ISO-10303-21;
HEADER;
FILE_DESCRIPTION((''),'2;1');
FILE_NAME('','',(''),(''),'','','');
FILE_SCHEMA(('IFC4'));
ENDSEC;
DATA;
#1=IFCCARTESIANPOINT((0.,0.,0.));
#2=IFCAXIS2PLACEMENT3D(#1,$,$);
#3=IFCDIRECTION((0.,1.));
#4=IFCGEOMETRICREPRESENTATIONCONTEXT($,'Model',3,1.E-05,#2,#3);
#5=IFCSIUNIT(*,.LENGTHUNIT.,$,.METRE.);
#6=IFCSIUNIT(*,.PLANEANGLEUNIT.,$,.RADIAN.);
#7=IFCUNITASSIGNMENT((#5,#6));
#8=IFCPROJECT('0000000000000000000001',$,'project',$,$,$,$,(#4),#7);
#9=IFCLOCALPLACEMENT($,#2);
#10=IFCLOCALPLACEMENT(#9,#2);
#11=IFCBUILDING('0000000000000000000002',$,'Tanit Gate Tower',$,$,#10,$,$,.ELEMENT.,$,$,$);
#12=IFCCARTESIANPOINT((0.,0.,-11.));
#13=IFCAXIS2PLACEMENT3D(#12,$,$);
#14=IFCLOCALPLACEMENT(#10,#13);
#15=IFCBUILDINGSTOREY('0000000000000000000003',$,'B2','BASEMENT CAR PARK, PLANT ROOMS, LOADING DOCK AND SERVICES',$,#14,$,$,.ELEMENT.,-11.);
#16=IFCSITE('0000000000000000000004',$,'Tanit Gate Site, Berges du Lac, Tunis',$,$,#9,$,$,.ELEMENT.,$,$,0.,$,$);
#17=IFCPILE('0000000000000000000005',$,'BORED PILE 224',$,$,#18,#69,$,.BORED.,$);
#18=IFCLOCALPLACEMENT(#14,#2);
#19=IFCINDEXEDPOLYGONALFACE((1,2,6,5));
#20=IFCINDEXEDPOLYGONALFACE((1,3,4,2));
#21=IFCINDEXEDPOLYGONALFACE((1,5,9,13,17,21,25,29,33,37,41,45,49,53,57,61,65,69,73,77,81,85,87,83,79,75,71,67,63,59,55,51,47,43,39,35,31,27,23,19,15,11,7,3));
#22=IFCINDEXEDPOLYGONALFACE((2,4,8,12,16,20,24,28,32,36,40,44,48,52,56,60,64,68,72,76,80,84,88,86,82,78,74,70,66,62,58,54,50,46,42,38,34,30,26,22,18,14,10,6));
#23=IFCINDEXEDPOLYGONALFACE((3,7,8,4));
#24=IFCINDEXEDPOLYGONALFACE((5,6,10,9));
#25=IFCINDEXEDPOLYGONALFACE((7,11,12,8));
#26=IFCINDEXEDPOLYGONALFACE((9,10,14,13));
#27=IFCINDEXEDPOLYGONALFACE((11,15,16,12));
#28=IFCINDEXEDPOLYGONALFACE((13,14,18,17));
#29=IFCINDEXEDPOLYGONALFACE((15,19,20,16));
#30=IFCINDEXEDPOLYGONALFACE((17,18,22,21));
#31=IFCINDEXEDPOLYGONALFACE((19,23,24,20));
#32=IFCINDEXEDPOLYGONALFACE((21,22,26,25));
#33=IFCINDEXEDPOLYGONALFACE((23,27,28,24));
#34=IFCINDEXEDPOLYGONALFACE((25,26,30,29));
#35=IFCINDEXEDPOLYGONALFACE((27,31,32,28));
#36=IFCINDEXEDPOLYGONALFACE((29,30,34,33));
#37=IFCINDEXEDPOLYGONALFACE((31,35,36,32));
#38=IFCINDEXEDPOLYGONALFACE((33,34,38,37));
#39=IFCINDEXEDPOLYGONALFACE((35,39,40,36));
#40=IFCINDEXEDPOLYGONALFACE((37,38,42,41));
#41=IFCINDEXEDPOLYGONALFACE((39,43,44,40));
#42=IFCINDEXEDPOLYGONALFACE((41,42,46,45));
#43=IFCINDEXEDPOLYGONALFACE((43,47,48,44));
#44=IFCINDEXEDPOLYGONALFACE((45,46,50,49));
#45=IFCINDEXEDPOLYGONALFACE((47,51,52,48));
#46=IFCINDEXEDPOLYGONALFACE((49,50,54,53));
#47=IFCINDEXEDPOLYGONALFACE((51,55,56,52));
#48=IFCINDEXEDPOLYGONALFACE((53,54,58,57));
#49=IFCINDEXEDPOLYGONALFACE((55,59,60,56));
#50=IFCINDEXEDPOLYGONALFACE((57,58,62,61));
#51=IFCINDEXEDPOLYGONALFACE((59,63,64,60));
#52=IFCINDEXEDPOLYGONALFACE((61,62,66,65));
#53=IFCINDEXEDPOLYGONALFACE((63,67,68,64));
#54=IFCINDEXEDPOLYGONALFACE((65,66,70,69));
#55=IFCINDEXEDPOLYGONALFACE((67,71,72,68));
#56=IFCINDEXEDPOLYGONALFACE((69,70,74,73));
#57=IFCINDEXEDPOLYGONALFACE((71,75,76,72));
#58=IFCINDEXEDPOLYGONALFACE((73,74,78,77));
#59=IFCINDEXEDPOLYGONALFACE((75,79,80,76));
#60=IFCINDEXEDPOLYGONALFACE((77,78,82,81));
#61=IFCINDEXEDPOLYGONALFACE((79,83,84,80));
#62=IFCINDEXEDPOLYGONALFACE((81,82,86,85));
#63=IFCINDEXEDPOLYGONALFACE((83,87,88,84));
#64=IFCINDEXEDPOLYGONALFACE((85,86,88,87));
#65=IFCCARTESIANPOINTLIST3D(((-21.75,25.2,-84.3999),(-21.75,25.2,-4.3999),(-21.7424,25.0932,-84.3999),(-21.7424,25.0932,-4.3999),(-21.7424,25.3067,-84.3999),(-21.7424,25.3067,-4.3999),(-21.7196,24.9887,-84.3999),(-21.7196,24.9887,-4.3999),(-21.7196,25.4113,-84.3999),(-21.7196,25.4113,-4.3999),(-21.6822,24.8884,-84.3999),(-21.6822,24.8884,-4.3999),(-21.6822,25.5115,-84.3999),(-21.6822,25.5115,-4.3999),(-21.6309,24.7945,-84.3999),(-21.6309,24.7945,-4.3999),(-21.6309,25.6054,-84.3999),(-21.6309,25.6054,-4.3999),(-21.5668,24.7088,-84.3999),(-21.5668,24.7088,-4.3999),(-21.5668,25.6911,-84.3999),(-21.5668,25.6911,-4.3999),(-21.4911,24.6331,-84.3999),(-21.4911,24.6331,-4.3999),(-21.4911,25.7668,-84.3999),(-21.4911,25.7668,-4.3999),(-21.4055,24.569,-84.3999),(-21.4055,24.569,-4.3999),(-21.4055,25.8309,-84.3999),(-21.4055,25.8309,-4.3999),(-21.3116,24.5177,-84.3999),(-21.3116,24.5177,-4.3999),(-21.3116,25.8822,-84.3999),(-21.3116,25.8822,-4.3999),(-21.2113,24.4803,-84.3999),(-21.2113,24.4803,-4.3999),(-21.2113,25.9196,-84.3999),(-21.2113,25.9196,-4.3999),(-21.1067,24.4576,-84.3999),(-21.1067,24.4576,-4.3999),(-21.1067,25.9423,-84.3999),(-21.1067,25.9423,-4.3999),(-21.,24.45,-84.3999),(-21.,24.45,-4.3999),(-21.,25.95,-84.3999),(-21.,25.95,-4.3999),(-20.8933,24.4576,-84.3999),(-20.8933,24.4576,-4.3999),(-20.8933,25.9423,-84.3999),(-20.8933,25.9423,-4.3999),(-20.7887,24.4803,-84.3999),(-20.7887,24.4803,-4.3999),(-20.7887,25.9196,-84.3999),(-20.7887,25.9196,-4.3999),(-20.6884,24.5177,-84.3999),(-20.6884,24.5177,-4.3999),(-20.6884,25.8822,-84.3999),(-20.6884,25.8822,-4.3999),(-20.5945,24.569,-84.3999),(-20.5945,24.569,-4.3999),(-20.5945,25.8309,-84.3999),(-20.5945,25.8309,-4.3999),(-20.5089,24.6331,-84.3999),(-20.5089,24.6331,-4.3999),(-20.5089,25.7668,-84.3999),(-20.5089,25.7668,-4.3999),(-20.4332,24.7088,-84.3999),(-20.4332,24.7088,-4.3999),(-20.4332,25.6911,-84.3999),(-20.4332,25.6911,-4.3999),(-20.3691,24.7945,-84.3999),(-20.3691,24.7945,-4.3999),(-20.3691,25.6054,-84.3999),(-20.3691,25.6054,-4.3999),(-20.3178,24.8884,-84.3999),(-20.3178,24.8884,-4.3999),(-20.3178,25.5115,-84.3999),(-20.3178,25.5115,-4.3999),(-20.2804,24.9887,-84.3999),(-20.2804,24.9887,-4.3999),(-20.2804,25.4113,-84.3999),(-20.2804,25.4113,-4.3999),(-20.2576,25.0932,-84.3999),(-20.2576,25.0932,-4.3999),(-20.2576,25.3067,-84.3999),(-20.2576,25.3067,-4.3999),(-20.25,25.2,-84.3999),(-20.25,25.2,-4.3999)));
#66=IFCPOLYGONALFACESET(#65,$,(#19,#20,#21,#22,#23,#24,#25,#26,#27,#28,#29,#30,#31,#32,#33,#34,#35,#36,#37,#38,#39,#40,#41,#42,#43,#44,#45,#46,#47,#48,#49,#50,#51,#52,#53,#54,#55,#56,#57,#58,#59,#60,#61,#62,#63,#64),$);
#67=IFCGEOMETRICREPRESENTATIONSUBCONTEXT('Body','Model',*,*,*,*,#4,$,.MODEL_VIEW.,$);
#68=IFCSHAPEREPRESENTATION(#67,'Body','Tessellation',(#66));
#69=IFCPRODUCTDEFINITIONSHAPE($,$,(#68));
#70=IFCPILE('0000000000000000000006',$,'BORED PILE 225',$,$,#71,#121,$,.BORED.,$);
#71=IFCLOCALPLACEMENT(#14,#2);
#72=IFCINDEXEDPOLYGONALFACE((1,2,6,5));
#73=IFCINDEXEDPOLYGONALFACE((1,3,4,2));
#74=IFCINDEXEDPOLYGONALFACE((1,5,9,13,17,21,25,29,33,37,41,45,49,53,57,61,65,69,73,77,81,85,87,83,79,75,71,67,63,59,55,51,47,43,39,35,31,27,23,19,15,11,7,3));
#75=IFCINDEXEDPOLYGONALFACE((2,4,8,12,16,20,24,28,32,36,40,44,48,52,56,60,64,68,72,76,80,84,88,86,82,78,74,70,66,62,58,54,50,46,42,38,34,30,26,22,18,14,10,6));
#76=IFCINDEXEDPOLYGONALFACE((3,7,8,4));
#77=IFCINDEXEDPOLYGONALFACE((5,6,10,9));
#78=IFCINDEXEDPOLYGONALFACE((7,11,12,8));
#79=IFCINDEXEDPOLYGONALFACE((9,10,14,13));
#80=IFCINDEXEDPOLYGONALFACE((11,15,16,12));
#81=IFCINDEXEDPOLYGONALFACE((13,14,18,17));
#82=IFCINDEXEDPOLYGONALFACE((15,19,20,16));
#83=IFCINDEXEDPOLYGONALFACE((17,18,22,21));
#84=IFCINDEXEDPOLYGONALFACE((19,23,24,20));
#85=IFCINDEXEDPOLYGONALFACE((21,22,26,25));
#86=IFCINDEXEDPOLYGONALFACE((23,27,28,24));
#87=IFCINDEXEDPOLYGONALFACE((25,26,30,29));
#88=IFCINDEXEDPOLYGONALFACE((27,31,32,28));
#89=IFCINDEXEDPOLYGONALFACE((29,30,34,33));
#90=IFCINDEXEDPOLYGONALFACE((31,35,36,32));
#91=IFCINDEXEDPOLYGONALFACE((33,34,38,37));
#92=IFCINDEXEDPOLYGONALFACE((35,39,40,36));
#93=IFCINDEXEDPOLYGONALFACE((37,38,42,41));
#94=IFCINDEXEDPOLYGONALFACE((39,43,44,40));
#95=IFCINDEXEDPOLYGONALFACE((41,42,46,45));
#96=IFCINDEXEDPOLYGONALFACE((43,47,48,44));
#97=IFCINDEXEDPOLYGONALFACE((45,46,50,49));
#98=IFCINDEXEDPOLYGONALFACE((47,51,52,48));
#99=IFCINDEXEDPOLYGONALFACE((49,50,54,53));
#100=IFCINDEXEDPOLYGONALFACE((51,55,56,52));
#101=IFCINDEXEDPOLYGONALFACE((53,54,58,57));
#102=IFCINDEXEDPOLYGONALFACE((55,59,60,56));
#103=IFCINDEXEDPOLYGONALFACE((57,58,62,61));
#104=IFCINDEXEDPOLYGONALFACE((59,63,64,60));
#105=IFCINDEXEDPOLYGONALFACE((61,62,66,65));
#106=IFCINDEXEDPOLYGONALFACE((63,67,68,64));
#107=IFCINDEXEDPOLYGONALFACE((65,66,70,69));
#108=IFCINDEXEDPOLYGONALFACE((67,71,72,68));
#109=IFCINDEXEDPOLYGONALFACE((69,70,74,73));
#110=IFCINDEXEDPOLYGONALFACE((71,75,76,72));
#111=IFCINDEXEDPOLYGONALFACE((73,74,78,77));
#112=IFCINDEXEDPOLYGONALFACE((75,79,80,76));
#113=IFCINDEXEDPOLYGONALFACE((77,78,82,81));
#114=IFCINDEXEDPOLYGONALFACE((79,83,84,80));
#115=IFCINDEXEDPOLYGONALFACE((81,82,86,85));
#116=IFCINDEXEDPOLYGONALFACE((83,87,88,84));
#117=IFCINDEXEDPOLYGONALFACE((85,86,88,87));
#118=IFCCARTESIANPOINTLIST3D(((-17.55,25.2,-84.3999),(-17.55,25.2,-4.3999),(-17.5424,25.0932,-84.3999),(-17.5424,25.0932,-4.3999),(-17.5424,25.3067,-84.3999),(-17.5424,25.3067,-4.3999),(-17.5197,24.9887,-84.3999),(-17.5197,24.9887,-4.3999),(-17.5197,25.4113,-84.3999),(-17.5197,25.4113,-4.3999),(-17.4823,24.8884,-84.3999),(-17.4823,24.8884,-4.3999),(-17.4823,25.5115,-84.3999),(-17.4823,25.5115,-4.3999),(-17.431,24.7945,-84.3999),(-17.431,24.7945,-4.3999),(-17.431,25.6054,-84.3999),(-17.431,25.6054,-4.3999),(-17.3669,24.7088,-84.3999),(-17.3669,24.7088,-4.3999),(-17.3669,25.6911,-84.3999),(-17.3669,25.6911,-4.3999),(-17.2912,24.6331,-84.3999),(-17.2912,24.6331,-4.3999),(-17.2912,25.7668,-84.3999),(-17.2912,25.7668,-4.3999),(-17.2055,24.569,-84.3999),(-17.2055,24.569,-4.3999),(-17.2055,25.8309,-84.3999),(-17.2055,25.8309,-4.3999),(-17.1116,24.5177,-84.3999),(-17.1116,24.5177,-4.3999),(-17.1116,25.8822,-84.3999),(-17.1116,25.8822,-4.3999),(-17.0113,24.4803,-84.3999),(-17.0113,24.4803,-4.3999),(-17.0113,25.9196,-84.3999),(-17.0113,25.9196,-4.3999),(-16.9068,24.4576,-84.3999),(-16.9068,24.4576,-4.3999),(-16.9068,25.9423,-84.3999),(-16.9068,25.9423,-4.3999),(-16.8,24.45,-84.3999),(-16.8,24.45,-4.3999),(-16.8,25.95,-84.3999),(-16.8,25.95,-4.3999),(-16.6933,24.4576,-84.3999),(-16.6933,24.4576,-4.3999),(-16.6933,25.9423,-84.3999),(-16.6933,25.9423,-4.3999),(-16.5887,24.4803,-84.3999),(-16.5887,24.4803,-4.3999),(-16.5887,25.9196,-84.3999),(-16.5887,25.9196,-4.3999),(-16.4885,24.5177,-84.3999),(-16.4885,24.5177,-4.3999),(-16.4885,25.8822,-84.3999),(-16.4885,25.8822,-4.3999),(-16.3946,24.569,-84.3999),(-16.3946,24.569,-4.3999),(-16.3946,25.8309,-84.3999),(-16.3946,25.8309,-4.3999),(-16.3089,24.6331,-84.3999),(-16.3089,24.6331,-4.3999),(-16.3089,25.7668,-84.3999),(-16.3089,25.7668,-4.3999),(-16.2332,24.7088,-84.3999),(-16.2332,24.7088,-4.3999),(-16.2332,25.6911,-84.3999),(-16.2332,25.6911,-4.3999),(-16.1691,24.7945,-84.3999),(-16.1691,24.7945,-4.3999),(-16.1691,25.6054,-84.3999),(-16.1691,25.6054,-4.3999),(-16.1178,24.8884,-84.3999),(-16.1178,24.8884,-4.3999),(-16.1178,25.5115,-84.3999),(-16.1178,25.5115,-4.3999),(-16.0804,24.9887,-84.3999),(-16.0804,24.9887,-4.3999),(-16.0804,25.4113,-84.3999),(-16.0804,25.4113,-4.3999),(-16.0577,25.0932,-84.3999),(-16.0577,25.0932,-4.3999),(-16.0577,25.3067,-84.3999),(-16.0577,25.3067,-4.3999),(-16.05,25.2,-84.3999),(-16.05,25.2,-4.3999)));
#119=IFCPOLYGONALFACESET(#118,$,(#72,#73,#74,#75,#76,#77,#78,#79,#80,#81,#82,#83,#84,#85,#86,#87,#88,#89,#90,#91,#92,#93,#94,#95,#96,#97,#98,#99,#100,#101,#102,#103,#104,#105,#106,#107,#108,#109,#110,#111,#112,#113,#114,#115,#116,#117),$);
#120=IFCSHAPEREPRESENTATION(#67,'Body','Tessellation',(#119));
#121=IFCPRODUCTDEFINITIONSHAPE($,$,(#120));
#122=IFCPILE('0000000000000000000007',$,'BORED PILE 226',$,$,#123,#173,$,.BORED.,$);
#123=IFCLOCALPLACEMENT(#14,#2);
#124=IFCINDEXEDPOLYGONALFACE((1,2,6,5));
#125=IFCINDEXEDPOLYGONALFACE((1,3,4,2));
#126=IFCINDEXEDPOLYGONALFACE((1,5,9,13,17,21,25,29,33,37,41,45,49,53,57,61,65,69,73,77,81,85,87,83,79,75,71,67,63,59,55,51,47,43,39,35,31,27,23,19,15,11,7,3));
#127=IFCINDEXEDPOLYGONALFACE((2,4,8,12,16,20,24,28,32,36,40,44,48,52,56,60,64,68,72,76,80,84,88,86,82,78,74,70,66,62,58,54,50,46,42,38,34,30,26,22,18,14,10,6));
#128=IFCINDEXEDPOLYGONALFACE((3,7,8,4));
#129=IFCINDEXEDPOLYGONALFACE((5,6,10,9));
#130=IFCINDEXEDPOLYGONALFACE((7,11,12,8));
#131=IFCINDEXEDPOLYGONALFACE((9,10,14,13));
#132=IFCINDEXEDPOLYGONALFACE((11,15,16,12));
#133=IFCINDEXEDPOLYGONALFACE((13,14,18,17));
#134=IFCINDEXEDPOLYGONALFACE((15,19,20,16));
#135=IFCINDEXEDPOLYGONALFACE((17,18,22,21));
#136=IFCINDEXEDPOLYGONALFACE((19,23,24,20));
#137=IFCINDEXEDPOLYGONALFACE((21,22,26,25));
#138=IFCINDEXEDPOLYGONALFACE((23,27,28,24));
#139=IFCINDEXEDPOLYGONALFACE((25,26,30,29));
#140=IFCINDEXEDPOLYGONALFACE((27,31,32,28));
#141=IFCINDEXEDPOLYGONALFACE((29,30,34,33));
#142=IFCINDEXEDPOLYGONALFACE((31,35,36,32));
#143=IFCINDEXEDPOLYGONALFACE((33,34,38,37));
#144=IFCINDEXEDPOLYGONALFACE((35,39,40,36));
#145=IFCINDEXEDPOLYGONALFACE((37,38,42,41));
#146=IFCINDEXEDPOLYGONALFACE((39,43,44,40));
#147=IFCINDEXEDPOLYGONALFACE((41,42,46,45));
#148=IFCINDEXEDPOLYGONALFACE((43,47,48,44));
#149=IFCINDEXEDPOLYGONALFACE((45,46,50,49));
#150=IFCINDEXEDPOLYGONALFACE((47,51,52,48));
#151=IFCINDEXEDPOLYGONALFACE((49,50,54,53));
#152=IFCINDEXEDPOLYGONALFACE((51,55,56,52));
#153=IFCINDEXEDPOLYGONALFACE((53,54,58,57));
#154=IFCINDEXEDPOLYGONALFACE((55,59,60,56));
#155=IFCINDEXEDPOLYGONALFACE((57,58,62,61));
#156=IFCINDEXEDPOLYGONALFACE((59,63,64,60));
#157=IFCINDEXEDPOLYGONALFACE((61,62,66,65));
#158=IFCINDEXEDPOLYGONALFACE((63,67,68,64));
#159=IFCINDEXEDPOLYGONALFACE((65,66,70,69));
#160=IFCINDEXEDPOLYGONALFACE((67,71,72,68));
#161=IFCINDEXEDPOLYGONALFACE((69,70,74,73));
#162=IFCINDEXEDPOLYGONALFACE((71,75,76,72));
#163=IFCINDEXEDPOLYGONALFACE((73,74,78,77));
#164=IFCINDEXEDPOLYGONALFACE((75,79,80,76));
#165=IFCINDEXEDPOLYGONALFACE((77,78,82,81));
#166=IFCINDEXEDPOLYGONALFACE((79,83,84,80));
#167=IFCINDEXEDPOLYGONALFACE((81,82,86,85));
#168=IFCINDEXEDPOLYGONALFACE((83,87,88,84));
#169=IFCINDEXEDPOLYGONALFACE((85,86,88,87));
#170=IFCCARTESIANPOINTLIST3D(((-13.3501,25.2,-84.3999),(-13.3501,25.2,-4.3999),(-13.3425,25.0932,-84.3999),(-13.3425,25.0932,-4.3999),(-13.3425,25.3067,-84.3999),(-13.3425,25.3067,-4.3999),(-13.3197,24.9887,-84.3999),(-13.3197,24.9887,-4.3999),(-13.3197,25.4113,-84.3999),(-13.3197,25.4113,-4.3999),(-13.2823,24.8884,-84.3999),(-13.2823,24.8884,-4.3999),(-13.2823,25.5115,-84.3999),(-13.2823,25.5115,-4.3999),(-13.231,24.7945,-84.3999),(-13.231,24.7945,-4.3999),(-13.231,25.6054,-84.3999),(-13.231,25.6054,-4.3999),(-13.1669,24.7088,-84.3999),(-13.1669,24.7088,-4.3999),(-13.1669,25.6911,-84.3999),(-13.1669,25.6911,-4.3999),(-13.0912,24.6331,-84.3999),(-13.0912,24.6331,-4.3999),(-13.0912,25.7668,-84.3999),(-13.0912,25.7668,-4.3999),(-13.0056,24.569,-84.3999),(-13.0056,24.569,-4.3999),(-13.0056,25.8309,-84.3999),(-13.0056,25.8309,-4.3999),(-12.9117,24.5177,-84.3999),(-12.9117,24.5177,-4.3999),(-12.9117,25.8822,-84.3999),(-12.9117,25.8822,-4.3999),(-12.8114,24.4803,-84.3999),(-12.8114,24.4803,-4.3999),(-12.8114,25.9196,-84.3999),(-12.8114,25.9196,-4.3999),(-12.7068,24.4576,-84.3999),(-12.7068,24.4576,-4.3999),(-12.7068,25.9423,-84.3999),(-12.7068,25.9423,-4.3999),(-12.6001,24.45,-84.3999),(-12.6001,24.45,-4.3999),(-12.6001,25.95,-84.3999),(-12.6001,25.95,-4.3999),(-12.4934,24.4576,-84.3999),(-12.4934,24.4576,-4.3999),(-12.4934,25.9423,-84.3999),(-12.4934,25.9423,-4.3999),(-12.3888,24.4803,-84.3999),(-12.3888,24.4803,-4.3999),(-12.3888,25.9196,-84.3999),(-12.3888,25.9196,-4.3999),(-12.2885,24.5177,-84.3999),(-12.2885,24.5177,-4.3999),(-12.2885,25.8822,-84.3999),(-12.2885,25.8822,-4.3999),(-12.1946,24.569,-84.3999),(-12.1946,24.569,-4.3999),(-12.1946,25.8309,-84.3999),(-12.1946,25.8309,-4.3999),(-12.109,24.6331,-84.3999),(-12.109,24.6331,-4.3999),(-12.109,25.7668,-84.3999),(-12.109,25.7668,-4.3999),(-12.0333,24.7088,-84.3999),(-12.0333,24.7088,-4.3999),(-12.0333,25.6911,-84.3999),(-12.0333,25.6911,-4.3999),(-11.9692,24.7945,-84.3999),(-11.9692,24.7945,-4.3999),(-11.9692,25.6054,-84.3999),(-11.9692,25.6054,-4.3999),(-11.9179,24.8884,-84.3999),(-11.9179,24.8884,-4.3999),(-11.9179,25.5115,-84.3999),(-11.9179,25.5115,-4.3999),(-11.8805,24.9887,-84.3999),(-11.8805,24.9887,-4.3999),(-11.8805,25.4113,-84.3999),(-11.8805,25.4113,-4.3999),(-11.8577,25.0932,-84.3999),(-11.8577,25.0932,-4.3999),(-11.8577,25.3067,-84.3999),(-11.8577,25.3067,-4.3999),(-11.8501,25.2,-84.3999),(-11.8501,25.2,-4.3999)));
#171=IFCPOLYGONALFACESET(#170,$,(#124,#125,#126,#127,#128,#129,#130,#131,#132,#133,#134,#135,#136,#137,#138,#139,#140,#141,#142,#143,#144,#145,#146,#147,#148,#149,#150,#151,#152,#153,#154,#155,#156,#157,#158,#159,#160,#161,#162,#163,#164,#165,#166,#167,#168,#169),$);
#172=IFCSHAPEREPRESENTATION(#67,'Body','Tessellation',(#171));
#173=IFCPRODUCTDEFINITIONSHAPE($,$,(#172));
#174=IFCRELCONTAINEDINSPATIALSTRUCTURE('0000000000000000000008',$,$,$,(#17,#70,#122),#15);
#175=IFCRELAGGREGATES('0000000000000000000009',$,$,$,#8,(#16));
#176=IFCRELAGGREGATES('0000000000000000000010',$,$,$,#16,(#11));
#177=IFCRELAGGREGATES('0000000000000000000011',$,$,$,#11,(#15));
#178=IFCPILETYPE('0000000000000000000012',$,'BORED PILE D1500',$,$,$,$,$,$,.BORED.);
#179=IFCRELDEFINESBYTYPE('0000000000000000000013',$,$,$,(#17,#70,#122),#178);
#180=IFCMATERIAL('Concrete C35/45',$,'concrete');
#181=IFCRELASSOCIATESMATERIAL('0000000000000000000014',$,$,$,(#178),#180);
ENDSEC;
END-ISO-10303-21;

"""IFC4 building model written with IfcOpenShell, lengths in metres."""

from ifc_helpers import new_model, si_unit, direction, frame, origin, origin_2d, place, context, subcontext, project, spatial, circle, extrude, material, material_profile, profile_set, type_object, element, save


model = new_model("IFC4")

# Units and contexts
model_context = context("Model", 3, precision=1e-05, world=origin(), true_north=direction((0.0, 1.0)))
body_context = subcontext(model_context, "Body", "Model", "MODEL_VIEW")
ifc_project = project(units=[si_unit("LENGTHUNIT", "METRE"), si_unit("PLANEANGLEUNIT", "RADIAN")], contexts=[model_context])

# Site, building, storey
site_placement = place(None, origin())
site = spatial("IfcSite", under=ifc_project, at=site_placement, Name="Tanit Gate Site, Berges du Lac, Tunis", CompositionType="ELEMENT", RefElevation=0.0)
building_placement = place(site_placement, origin())
building = spatial("IfcBuilding", under=site, at=building_placement, Name="Tanit Gate Tower", CompositionType="ELEMENT")
storey_placement = place(building_placement, frame((0.0, 0.0, -11.0)))
storey = spatial("IfcBuildingStorey", under=building, at=storey_placement, Name="B2", Description="BASEMENT CAR PARK, PLANT ROOMS, LOADING DOCK AND SERVICES", CompositionType="ELEMENT", Elevation=-11.0)

# Piles
ifc_material_1 = material(Name="Concrete C35/45", Category="concrete")
ifc_material_profile_1 = material_profile(ifc_material_1, circle(Radius=0.75, at=origin_2d()), Name="BORED PILE D1500 C35/45")
ifc_profile_set_1 = profile_set([ifc_material_profile_1], Name="Concrete C35/45")
pile_type = type_object("IfcPileType", Name="BORED PILE D1500", PredefinedType="BORED", material=ifc_profile_set_1)
for number, where, z_axis, x_axis, name in (
    (1, (-21.0, 25.2, -4.3999), (0.0, 0.0, -1.0), (1.0, 0.0, 0.0), "BORED PILE 224"),
    (2, (-16.8, 25.2, -4.3999), (0.0, 0.0, -1.0), (1.0, 0.0, 0.0), "BORED PILE 225"),
    (3, (-12.6001, 25.2, -4.3999), (0.0, 0.0, -1.0), (1.0, 0.0, 0.0), "BORED PILE 226"),
):
    element("IfcPile", number, at=place(storey_placement, frame(where, z_axis=z_axis, x_axis=x_axis)), inside=storey, type_object=pile_type, Name=name, PredefinedType="BORED", context=body_context, shape_type="SweptSolid", body=[
        extrude(circle(Radius=0.75, at=origin_2d()), origin(), (0.0, 0.0, 1.0), 80.0),
    ])

save(model, "model.ifc")
